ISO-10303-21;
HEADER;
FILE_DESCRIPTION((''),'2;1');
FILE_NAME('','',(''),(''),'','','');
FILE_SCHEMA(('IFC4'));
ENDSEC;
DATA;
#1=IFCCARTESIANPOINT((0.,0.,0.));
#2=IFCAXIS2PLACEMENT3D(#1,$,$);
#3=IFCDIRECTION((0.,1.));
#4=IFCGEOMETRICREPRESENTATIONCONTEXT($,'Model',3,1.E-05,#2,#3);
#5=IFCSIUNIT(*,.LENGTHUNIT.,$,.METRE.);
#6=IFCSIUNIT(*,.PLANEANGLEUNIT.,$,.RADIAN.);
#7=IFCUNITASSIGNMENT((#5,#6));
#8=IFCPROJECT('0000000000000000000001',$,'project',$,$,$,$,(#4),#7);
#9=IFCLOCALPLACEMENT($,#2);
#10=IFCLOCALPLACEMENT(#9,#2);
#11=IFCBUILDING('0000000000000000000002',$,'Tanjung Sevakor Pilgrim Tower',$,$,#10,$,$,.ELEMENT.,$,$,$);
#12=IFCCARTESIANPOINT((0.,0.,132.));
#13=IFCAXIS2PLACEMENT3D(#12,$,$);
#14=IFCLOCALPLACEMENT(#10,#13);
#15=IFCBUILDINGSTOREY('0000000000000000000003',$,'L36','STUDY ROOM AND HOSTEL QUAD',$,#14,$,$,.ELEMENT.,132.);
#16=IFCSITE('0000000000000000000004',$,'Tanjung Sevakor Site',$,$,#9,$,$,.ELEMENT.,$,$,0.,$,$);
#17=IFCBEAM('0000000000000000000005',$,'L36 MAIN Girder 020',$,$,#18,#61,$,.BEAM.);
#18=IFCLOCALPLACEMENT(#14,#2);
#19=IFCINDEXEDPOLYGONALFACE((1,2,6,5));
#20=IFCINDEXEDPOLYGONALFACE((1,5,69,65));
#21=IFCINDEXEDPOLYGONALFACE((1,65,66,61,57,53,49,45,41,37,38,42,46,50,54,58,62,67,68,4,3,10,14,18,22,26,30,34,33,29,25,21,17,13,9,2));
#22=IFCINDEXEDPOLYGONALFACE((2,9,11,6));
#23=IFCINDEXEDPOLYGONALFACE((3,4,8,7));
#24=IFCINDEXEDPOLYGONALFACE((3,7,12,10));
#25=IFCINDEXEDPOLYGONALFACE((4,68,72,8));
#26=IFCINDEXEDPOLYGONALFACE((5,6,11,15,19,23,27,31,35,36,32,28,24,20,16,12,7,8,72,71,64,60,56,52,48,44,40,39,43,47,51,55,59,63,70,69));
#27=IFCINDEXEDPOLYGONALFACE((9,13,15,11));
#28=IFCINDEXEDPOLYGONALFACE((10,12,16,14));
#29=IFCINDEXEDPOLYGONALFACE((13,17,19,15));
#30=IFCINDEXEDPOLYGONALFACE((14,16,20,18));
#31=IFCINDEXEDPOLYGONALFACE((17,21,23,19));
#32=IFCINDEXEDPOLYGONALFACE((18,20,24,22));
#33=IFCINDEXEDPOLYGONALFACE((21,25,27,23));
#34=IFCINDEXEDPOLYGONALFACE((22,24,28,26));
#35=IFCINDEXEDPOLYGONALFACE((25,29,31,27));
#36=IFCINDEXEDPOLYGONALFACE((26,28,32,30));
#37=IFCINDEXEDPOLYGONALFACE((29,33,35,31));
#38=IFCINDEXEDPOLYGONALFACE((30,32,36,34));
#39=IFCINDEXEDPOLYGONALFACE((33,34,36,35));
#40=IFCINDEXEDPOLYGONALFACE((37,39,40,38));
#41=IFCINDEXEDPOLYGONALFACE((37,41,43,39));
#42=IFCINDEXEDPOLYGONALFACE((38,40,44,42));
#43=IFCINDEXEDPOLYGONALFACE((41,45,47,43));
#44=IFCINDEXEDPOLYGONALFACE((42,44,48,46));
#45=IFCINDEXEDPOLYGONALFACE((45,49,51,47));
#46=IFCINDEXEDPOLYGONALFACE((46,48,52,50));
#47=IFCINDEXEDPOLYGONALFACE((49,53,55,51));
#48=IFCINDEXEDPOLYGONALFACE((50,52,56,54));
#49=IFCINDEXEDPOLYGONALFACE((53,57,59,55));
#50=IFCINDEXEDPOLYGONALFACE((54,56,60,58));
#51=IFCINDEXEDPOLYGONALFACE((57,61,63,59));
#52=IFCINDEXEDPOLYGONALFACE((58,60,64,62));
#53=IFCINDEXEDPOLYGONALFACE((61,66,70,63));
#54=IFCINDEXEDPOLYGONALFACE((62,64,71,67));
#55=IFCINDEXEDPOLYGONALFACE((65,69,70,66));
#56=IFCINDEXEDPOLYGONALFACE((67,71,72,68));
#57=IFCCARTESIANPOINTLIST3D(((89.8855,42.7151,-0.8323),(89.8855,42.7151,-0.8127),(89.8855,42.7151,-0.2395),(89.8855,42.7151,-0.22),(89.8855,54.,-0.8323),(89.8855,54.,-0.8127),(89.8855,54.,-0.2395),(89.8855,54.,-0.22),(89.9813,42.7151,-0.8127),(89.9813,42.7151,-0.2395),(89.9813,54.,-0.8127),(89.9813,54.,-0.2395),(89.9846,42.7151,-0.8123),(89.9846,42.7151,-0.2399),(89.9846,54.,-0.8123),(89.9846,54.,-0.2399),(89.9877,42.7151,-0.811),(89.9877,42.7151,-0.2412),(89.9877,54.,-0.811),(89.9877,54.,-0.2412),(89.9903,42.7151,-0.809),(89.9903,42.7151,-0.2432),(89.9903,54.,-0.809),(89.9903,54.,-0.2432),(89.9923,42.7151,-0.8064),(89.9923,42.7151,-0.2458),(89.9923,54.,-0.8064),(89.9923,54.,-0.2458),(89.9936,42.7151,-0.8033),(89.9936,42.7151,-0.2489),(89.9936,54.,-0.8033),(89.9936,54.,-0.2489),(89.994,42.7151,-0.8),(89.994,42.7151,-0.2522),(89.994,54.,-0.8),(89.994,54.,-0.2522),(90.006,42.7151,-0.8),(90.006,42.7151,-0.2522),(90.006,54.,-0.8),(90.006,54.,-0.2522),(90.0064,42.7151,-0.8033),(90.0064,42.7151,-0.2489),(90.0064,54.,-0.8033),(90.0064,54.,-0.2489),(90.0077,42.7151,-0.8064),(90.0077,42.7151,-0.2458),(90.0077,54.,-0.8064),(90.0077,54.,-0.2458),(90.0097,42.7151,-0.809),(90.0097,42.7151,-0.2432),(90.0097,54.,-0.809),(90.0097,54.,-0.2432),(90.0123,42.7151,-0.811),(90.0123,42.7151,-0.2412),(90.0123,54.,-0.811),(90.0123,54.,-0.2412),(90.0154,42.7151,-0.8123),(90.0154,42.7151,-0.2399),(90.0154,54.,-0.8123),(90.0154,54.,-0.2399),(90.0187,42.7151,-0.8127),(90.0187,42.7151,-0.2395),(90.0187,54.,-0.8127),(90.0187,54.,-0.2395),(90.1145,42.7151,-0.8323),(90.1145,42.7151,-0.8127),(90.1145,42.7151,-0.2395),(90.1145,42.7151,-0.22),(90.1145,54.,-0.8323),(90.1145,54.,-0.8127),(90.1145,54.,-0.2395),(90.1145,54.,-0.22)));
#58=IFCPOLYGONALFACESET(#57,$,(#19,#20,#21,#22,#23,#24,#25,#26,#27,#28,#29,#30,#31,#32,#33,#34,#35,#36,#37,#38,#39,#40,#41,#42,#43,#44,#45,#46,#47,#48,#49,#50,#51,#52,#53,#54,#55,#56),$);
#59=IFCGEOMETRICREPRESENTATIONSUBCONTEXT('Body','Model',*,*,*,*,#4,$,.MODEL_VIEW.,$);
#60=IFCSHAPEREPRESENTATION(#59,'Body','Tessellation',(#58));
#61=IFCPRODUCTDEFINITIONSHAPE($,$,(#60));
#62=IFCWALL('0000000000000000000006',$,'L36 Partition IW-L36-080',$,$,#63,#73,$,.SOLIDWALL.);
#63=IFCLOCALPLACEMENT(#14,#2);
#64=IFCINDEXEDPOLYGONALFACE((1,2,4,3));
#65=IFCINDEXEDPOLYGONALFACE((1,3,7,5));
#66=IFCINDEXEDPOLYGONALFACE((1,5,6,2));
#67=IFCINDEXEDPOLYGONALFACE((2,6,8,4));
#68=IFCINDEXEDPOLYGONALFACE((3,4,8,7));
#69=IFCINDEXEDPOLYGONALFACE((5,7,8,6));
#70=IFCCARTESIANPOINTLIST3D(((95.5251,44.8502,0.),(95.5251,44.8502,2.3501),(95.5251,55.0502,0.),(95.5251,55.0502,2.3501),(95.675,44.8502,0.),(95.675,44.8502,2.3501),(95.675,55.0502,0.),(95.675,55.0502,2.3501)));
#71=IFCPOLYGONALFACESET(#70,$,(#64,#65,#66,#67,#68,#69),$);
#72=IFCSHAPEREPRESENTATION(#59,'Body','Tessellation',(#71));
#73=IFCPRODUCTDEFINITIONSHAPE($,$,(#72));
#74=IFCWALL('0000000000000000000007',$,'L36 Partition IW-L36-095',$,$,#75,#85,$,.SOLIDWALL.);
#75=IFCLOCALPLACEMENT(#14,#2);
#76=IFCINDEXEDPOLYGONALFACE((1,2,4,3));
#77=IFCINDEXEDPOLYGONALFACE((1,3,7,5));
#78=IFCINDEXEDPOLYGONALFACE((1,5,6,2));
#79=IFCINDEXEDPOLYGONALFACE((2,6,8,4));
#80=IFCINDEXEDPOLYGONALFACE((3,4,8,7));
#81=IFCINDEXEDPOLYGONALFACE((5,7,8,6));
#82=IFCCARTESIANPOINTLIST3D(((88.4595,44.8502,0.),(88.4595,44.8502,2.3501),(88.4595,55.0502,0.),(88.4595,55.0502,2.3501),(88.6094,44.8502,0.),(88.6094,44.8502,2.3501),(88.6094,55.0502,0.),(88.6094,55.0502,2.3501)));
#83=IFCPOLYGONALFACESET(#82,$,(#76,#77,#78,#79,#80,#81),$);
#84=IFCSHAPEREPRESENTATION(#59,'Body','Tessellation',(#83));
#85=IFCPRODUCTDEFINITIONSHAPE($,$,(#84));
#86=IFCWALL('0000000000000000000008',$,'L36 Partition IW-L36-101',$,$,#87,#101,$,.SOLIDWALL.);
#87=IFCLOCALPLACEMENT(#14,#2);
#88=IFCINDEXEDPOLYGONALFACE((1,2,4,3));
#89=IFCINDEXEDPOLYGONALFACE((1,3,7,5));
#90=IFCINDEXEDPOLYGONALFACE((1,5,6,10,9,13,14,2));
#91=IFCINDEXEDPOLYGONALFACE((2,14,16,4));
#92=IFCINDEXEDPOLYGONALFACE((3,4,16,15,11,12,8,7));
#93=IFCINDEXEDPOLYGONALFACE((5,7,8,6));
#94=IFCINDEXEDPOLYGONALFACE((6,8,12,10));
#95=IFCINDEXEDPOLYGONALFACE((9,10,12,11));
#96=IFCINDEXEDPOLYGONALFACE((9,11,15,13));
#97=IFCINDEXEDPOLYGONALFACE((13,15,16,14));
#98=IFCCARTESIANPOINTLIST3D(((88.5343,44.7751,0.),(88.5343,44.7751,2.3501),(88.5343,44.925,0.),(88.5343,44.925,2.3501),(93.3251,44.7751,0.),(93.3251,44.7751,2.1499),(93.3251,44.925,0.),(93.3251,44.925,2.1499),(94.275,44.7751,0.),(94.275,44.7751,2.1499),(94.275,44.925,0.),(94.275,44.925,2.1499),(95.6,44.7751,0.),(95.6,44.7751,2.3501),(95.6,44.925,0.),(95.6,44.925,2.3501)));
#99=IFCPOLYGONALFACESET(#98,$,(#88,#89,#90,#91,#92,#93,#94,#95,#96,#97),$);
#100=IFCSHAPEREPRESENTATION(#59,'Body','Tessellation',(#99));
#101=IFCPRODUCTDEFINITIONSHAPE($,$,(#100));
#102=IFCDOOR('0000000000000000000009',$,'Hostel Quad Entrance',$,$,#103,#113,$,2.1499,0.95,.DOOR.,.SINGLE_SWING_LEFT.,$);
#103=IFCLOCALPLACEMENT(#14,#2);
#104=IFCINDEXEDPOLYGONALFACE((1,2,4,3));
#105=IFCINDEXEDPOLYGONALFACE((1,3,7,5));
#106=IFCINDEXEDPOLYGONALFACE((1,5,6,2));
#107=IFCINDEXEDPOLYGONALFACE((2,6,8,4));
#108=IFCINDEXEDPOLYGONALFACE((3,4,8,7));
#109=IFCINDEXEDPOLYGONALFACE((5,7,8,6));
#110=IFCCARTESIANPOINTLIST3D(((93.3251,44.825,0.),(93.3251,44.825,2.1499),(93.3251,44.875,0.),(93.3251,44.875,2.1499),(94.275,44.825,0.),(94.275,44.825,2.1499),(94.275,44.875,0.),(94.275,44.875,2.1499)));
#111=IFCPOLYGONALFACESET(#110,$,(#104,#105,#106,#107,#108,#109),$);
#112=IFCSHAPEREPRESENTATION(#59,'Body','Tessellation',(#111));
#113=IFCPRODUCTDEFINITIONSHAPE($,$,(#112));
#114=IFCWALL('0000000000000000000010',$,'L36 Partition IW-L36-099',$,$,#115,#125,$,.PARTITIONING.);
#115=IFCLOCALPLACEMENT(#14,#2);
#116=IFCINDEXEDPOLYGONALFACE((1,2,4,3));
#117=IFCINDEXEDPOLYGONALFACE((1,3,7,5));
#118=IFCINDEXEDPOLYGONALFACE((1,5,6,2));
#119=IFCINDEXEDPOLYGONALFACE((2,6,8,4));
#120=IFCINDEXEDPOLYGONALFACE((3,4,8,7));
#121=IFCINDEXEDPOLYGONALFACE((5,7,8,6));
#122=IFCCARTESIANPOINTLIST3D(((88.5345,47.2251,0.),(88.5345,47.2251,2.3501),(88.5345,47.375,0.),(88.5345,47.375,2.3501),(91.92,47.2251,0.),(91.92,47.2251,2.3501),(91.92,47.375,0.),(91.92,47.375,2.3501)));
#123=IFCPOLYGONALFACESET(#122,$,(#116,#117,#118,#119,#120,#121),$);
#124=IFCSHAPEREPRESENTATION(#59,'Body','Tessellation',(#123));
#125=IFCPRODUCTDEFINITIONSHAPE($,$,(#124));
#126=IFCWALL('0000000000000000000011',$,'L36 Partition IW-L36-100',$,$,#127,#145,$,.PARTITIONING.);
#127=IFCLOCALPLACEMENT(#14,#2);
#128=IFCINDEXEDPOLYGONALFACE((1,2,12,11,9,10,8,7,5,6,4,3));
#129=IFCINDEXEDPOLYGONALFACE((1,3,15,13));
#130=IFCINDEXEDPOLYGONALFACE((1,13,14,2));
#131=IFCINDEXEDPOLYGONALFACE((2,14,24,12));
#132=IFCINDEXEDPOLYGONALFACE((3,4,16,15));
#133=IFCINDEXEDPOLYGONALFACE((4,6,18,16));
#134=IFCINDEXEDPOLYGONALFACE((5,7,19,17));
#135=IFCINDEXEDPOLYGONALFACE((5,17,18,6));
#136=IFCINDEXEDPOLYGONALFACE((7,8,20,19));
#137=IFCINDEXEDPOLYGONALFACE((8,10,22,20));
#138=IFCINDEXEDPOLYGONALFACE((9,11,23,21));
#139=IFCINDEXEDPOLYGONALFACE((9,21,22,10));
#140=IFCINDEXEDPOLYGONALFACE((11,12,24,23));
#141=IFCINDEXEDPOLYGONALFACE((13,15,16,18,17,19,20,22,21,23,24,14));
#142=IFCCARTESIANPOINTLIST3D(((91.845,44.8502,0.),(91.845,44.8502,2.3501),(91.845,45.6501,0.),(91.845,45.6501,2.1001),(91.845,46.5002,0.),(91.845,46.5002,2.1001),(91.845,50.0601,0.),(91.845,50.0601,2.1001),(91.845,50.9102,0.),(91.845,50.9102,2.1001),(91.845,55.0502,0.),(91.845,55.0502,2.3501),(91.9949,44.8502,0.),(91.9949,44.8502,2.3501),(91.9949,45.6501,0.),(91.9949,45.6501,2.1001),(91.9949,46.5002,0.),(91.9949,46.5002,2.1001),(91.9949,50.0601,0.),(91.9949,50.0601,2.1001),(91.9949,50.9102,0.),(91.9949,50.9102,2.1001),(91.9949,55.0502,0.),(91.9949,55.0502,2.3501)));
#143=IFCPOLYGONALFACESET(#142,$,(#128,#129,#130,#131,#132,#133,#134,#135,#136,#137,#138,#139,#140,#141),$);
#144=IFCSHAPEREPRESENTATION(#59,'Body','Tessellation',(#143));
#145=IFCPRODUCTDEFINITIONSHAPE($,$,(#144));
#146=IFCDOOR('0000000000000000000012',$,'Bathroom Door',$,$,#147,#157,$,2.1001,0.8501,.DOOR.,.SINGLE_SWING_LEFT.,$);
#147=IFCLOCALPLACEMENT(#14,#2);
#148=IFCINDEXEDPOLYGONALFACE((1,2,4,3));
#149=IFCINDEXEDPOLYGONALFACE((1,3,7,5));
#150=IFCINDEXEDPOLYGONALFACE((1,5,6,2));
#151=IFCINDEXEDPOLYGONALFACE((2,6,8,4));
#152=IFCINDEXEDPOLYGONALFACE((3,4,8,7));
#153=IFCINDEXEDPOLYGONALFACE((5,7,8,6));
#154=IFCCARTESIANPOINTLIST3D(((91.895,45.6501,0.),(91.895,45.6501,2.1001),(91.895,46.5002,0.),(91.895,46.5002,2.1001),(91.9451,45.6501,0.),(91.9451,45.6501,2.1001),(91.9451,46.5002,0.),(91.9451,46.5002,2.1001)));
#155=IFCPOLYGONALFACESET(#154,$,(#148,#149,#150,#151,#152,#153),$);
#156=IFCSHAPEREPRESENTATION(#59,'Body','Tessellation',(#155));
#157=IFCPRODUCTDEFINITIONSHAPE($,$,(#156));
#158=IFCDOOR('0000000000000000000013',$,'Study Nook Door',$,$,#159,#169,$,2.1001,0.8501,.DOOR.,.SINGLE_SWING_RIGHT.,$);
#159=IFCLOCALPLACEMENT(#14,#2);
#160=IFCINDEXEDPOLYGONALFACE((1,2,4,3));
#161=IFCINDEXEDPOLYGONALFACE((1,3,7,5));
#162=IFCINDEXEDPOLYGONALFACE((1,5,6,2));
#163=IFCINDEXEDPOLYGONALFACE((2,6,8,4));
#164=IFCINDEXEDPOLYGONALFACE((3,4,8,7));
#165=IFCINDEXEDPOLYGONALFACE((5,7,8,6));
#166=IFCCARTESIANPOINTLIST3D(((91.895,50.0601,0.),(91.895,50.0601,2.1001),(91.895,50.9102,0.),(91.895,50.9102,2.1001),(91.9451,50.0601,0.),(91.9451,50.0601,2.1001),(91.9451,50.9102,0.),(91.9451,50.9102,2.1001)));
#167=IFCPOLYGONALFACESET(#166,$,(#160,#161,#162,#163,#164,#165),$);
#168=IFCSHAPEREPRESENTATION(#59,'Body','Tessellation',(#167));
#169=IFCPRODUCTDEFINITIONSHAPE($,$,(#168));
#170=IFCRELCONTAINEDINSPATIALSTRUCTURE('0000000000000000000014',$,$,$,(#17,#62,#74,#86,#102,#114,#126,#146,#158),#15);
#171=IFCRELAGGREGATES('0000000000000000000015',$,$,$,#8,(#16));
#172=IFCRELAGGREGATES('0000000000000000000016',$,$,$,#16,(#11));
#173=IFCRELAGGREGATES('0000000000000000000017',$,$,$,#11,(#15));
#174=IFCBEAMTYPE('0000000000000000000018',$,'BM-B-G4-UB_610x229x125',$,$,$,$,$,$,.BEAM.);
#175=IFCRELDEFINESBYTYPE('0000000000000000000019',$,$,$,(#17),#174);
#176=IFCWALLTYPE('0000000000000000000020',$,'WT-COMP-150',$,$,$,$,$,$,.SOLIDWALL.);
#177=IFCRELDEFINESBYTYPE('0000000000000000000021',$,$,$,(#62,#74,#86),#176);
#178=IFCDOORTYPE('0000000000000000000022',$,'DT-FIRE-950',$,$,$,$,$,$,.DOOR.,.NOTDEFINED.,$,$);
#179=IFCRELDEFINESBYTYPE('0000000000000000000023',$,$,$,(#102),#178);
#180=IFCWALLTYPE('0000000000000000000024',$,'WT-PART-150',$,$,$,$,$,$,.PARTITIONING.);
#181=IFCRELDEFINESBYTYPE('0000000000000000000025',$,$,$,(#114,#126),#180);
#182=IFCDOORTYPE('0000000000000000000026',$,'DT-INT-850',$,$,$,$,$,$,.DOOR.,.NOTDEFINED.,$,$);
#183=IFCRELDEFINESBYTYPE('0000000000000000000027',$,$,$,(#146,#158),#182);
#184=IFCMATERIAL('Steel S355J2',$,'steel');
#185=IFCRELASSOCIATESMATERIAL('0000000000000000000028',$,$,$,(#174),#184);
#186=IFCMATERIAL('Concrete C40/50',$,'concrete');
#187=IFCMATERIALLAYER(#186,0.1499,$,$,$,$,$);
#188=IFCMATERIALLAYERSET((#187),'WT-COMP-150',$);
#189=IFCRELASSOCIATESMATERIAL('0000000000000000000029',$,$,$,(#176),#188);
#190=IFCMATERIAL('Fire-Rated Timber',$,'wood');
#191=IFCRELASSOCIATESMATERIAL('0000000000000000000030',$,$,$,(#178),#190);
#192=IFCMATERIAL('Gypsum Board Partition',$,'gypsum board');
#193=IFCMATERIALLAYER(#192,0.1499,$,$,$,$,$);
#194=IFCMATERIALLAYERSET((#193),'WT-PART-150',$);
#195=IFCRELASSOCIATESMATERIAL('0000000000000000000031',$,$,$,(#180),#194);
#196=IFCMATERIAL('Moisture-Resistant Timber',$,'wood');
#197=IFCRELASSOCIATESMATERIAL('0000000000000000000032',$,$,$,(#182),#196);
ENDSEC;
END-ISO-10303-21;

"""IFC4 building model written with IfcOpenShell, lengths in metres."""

from ifc_helpers import new_model, si_unit, direction, frame, frame_2d, origin, origin_2d, place, context, subcontext, project, spatial, rectangle, i_section, extrude, material, layer, layer_set, material_profile, profile_set, type_object, element, fill, save


model = new_model("IFC4")

# Units and contexts
model_context = context("Model", 3, precision=1e-05, world=origin(), true_north=direction((0.0, 1.0)))
body_context = subcontext(model_context, "Body", "Model", "MODEL_VIEW")
ifc_project = project(units=[si_unit("LENGTHUNIT", "METRE"), si_unit("PLANEANGLEUNIT", "RADIAN")], contexts=[model_context])

# Site, building, storey
site_placement = place(None, origin())
site = spatial("IfcSite", under=ifc_project, at=site_placement, Name="Tanjung Sevakor Site", CompositionType="ELEMENT", RefElevation=0.0)
building_placement = place(site_placement, origin())
building = spatial("IfcBuilding", under=site, at=building_placement, Name="Tanjung Sevakor Pilgrim Tower", CompositionType="ELEMENT")
storey_placement = place(building_placement, frame((0.0, 0.0, 132.0)))
storey = spatial("IfcBuildingStorey", under=building, at=storey_placement, Name="L36", Description="STUDY ROOM AND HOSTEL QUAD", CompositionType="ELEMENT", Elevation=132.0)

# Beam
ifc_material_1 = material(Name="Steel S355J2", Category="steel")
ifc_material_profile = material_profile(ifc_material_1, i_section(OverallWidth=0.229, OverallDepth=0.6123, WebThickness=0.012, FlangeThickness=0.0195, FilletRadius=0.0127, at=origin_2d()))
ifc_profile_set = profile_set([ifc_material_profile], Name="Steel S355J2")
beam_type = type_object("IfcBeamType", Name="BM-B-G4-UB_610x229x125", PredefinedType="BEAM", material=ifc_profile_set)
beam_placement = place(storey_placement, frame((90.0, 42.7151, -0.5261), z_axis=(0.0, 1.0, 0.0), x_axis=(-1.0, 0.0, 0.0)))
element("IfcBeam", 1, at=beam_placement, inside=storey, type_object=beam_type, Name="L36 MAIN Girder 020", PredefinedType="BEAM", context=body_context, shape_type="SweptSolid", body=[
    extrude(i_section(OverallWidth=0.229, OverallDepth=0.6123, WebThickness=0.012, FlangeThickness=0.0195, FilletRadius=0.0127, at=origin_2d()), origin(), (0.0, 0.0, 1.0), 11.2849),
])

# Walls
ifc_material_2 = material(Name="Concrete C40/50", Category="concrete")
ifc_layer_1 = layer(ifc_material_2, 0.1499)
ifc_layer_set_1 = layer_set([ifc_layer_1], Name="WT-COMP-150")
wall_type_1 = type_object("IfcWallType", Name="WT-COMP-150", PredefinedType="SOLIDWALL", material=ifc_layer_set_1)
for number, where, z_axis, x_axis, name in (
    (2, (95.6001, 44.8501, 0.0), (0.0, 0.0, 1.0), (0.0, 1.0, 0.0), "L36 Partition IW-L36-080"),
    (3, (88.5344, 44.8501, 0.0), (0.0, 0.0, 1.0), (0.0, 1.0, 0.0), "L36 Partition IW-L36-095"),
):
    element("IfcWall", number, at=place(storey_placement, frame(where, z_axis=z_axis, x_axis=x_axis)), inside=storey, type_object=wall_type_1, Name=name, PredefinedType="SOLIDWALL", context=body_context, shape_type="SweptSolid", body=[
        extrude(rectangle(XDim=10.2, YDim=0.1499, at=frame_2d((5.1001, 0.0))), origin(), (0.0, 0.0, 1.0), 2.3501),
    ])

# Wall, opening, door
wall_1_placement = place(storey_placement, frame((88.5344, 44.8501, 0.0), z_axis=(0.0, 0.0, 1.0), x_axis=(1.0, 0.0, 0.0)))
wall_1 = element("IfcWall", 4, at=wall_1_placement, inside=storey, type_object=wall_type_1, Name="L36 Partition IW-L36-101", PredefinedType="SOLIDWALL", context=body_context, shape_type="SweptSolid", body=[
    extrude(rectangle(XDim=7.0657, YDim=0.1499, at=frame_2d((3.5327, 0.0))), origin(), (0.0, 0.0, 1.0), 2.3501),
])
opening_1_placement = place(wall_1_placement, frame((4.7905, 0.0, 0.0)))
opening_1 = element("IfcOpeningElement", 5, at=opening_1_placement, cuts=wall_1, PredefinedType="OPENING", context=body_context, shape_type="SweptSolid", body=[
    extrude(rectangle(XDim=0.95, YDim=2.1499, at=frame_2d((0.4751, 1.075))), frame((0.0, 0.085, 0.0), z_axis=(0.0, -1.0, 0.0), x_axis=(1.0, 0.0, 0.0)), (0.0, 0.0, 1.0), 0.1699),
])
ifc_material_3 = material(Name="Fire-Rated Timber", Category="wood")
door_type_1 = type_object("IfcDoorType", Name="DT-FIRE-950", OperationType="NOTDEFINED", PredefinedType="DOOR", material=ifc_material_3)
door_1_placement = place(opening_1_placement, origin())
door_1 = element("IfcDoor", 6, at=door_1_placement, inside=storey, type_object=door_type_1, Name="Hostel Quad Entrance", OperationType="SINGLE_SWING_LEFT", OverallHeight=2.1499, OverallWidth=0.95, PredefinedType="DOOR", context=body_context, shape_type="SweptSolid", body=[
    extrude(rectangle(XDim=0.95, YDim=2.1499, at=frame_2d((0.4751, 1.075))), frame((0.0, 0.0249, 0.0), z_axis=(0.0, -1.0, 0.0), x_axis=(1.0, 0.0, 0.0)), (0.0, 0.0, 1.0), 0.05),
])
fill(opening_1, door_1)

# Wall
ifc_material_4 = material(Name="Gypsum Board Partition", Category="gypsum board")
ifc_layer_2 = layer(ifc_material_4, 0.1499)
ifc_layer_set_2 = layer_set([ifc_layer_2], Name="WT-PART-150")
wall_type_2 = type_object("IfcWallType", Name="WT-PART-150", PredefinedType="PARTITIONING", material=ifc_layer_set_2)
wall_2_placement = place(storey_placement, frame((88.5344, 47.3, 0.0), z_axis=(0.0, 0.0, 1.0), x_axis=(1.0, 0.0, 0.0)))
element("IfcWall", 7, at=wall_2_placement, inside=storey, type_object=wall_type_2, Name="L36 Partition IW-L36-099", PredefinedType="PARTITIONING", context=body_context, shape_type="SweptSolid", body=[
    extrude(rectangle(XDim=3.3855, YDim=0.1499, at=frame_2d((1.6929, 0.0))), origin(), (0.0, 0.0, 1.0), 2.3501),
])

# Wall, openings, doors
wall_3_placement = place(storey_placement, frame((91.9199, 44.8501, 0.0), z_axis=(0.0, 0.0, 1.0), x_axis=(0.0, 1.0, 0.0)))
wall_3 = element("IfcWall", 8, at=wall_3_placement, inside=storey, type_object=wall_type_2, Name="L36 Partition IW-L36-100", PredefinedType="PARTITIONING", context=body_context, shape_type="SweptSolid", body=[
    extrude(rectangle(XDim=10.2, YDim=0.1499, at=frame_2d((5.1001, 0.0))), origin(), (0.0, 0.0, 1.0), 2.3501),
])
opening_2_placement = place(wall_3_placement, frame((0.8, 0.0, 0.0)))
opening_2 = element("IfcOpeningElement", 9, at=opening_2_placement, cuts=wall_3, PredefinedType="OPENING", context=body_context, shape_type="SweptSolid", body=[
    extrude(rectangle(XDim=0.8501, YDim=2.1001, at=frame_2d((0.425, 1.05))), frame((0.0, 0.085, 0.0), z_axis=(0.0, -1.0, 0.0), x_axis=(1.0, 0.0, 0.0)), (0.0, 0.0, 1.0), 0.1699),
])
opening_3_placement = place(wall_3_placement, frame((5.21, 0.0, 0.0)))
opening_3 = element("IfcOpeningElement", 10, at=opening_3_placement, cuts=wall_3, PredefinedType="OPENING", context=body_context, shape_type="SweptSolid", body=[
    extrude(rectangle(XDim=0.8501, YDim=2.1001, at=frame_2d((0.425, 1.05))), frame((0.0, 0.085, 0.0), z_axis=(0.0, -1.0, 0.0), x_axis=(1.0, 0.0, 0.0)), (0.0, 0.0, 1.0), 0.1699),
])
ifc_material_5 = material(Name="Moisture-Resistant Timber", Category="wood")
door_type_2 = type_object("IfcDoorType", Name="DT-INT-850", OperationType="NOTDEFINED", PredefinedType="DOOR", material=ifc_material_5)
door_2_placement = place(opening_2_placement, origin())
door_2 = element("IfcDoor", 11, at=door_2_placement, inside=storey, type_object=door_type_2, Name="Bathroom Door", OperationType="SINGLE_SWING_LEFT", OverallHeight=2.1001, OverallWidth=0.8501, PredefinedType="DOOR", context=body_context, shape_type="SweptSolid", body=[
    extrude(rectangle(XDim=0.8501, YDim=2.1001, at=frame_2d((0.425, 1.05))), frame((0.0, 0.0249, 0.0), z_axis=(0.0, -1.0, 0.0), x_axis=(1.0, 0.0, 0.0)), (0.0, 0.0, 1.0), 0.05),
])
fill(opening_2, door_2)
door_3_placement = place(opening_3_placement, origin())
door_3 = element("IfcDoor", 12, at=door_3_placement, inside=storey, type_object=door_type_2, Name="Study Nook Door", OperationType="SINGLE_SWING_RIGHT", OverallHeight=2.1001, OverallWidth=0.8501, PredefinedType="DOOR", context=body_context, shape_type="SweptSolid", body=[
    extrude(rectangle(XDim=0.8501, YDim=2.1001, at=frame_2d((0.425, 1.05))), frame((0.0, 0.0249, 0.0), z_axis=(0.0, -1.0, 0.0), x_axis=(1.0, 0.0, 0.0)), (0.0, 0.0, 1.0), 0.05),
])
fill(opening_3, door_3)

save(model, "model.ifc")
